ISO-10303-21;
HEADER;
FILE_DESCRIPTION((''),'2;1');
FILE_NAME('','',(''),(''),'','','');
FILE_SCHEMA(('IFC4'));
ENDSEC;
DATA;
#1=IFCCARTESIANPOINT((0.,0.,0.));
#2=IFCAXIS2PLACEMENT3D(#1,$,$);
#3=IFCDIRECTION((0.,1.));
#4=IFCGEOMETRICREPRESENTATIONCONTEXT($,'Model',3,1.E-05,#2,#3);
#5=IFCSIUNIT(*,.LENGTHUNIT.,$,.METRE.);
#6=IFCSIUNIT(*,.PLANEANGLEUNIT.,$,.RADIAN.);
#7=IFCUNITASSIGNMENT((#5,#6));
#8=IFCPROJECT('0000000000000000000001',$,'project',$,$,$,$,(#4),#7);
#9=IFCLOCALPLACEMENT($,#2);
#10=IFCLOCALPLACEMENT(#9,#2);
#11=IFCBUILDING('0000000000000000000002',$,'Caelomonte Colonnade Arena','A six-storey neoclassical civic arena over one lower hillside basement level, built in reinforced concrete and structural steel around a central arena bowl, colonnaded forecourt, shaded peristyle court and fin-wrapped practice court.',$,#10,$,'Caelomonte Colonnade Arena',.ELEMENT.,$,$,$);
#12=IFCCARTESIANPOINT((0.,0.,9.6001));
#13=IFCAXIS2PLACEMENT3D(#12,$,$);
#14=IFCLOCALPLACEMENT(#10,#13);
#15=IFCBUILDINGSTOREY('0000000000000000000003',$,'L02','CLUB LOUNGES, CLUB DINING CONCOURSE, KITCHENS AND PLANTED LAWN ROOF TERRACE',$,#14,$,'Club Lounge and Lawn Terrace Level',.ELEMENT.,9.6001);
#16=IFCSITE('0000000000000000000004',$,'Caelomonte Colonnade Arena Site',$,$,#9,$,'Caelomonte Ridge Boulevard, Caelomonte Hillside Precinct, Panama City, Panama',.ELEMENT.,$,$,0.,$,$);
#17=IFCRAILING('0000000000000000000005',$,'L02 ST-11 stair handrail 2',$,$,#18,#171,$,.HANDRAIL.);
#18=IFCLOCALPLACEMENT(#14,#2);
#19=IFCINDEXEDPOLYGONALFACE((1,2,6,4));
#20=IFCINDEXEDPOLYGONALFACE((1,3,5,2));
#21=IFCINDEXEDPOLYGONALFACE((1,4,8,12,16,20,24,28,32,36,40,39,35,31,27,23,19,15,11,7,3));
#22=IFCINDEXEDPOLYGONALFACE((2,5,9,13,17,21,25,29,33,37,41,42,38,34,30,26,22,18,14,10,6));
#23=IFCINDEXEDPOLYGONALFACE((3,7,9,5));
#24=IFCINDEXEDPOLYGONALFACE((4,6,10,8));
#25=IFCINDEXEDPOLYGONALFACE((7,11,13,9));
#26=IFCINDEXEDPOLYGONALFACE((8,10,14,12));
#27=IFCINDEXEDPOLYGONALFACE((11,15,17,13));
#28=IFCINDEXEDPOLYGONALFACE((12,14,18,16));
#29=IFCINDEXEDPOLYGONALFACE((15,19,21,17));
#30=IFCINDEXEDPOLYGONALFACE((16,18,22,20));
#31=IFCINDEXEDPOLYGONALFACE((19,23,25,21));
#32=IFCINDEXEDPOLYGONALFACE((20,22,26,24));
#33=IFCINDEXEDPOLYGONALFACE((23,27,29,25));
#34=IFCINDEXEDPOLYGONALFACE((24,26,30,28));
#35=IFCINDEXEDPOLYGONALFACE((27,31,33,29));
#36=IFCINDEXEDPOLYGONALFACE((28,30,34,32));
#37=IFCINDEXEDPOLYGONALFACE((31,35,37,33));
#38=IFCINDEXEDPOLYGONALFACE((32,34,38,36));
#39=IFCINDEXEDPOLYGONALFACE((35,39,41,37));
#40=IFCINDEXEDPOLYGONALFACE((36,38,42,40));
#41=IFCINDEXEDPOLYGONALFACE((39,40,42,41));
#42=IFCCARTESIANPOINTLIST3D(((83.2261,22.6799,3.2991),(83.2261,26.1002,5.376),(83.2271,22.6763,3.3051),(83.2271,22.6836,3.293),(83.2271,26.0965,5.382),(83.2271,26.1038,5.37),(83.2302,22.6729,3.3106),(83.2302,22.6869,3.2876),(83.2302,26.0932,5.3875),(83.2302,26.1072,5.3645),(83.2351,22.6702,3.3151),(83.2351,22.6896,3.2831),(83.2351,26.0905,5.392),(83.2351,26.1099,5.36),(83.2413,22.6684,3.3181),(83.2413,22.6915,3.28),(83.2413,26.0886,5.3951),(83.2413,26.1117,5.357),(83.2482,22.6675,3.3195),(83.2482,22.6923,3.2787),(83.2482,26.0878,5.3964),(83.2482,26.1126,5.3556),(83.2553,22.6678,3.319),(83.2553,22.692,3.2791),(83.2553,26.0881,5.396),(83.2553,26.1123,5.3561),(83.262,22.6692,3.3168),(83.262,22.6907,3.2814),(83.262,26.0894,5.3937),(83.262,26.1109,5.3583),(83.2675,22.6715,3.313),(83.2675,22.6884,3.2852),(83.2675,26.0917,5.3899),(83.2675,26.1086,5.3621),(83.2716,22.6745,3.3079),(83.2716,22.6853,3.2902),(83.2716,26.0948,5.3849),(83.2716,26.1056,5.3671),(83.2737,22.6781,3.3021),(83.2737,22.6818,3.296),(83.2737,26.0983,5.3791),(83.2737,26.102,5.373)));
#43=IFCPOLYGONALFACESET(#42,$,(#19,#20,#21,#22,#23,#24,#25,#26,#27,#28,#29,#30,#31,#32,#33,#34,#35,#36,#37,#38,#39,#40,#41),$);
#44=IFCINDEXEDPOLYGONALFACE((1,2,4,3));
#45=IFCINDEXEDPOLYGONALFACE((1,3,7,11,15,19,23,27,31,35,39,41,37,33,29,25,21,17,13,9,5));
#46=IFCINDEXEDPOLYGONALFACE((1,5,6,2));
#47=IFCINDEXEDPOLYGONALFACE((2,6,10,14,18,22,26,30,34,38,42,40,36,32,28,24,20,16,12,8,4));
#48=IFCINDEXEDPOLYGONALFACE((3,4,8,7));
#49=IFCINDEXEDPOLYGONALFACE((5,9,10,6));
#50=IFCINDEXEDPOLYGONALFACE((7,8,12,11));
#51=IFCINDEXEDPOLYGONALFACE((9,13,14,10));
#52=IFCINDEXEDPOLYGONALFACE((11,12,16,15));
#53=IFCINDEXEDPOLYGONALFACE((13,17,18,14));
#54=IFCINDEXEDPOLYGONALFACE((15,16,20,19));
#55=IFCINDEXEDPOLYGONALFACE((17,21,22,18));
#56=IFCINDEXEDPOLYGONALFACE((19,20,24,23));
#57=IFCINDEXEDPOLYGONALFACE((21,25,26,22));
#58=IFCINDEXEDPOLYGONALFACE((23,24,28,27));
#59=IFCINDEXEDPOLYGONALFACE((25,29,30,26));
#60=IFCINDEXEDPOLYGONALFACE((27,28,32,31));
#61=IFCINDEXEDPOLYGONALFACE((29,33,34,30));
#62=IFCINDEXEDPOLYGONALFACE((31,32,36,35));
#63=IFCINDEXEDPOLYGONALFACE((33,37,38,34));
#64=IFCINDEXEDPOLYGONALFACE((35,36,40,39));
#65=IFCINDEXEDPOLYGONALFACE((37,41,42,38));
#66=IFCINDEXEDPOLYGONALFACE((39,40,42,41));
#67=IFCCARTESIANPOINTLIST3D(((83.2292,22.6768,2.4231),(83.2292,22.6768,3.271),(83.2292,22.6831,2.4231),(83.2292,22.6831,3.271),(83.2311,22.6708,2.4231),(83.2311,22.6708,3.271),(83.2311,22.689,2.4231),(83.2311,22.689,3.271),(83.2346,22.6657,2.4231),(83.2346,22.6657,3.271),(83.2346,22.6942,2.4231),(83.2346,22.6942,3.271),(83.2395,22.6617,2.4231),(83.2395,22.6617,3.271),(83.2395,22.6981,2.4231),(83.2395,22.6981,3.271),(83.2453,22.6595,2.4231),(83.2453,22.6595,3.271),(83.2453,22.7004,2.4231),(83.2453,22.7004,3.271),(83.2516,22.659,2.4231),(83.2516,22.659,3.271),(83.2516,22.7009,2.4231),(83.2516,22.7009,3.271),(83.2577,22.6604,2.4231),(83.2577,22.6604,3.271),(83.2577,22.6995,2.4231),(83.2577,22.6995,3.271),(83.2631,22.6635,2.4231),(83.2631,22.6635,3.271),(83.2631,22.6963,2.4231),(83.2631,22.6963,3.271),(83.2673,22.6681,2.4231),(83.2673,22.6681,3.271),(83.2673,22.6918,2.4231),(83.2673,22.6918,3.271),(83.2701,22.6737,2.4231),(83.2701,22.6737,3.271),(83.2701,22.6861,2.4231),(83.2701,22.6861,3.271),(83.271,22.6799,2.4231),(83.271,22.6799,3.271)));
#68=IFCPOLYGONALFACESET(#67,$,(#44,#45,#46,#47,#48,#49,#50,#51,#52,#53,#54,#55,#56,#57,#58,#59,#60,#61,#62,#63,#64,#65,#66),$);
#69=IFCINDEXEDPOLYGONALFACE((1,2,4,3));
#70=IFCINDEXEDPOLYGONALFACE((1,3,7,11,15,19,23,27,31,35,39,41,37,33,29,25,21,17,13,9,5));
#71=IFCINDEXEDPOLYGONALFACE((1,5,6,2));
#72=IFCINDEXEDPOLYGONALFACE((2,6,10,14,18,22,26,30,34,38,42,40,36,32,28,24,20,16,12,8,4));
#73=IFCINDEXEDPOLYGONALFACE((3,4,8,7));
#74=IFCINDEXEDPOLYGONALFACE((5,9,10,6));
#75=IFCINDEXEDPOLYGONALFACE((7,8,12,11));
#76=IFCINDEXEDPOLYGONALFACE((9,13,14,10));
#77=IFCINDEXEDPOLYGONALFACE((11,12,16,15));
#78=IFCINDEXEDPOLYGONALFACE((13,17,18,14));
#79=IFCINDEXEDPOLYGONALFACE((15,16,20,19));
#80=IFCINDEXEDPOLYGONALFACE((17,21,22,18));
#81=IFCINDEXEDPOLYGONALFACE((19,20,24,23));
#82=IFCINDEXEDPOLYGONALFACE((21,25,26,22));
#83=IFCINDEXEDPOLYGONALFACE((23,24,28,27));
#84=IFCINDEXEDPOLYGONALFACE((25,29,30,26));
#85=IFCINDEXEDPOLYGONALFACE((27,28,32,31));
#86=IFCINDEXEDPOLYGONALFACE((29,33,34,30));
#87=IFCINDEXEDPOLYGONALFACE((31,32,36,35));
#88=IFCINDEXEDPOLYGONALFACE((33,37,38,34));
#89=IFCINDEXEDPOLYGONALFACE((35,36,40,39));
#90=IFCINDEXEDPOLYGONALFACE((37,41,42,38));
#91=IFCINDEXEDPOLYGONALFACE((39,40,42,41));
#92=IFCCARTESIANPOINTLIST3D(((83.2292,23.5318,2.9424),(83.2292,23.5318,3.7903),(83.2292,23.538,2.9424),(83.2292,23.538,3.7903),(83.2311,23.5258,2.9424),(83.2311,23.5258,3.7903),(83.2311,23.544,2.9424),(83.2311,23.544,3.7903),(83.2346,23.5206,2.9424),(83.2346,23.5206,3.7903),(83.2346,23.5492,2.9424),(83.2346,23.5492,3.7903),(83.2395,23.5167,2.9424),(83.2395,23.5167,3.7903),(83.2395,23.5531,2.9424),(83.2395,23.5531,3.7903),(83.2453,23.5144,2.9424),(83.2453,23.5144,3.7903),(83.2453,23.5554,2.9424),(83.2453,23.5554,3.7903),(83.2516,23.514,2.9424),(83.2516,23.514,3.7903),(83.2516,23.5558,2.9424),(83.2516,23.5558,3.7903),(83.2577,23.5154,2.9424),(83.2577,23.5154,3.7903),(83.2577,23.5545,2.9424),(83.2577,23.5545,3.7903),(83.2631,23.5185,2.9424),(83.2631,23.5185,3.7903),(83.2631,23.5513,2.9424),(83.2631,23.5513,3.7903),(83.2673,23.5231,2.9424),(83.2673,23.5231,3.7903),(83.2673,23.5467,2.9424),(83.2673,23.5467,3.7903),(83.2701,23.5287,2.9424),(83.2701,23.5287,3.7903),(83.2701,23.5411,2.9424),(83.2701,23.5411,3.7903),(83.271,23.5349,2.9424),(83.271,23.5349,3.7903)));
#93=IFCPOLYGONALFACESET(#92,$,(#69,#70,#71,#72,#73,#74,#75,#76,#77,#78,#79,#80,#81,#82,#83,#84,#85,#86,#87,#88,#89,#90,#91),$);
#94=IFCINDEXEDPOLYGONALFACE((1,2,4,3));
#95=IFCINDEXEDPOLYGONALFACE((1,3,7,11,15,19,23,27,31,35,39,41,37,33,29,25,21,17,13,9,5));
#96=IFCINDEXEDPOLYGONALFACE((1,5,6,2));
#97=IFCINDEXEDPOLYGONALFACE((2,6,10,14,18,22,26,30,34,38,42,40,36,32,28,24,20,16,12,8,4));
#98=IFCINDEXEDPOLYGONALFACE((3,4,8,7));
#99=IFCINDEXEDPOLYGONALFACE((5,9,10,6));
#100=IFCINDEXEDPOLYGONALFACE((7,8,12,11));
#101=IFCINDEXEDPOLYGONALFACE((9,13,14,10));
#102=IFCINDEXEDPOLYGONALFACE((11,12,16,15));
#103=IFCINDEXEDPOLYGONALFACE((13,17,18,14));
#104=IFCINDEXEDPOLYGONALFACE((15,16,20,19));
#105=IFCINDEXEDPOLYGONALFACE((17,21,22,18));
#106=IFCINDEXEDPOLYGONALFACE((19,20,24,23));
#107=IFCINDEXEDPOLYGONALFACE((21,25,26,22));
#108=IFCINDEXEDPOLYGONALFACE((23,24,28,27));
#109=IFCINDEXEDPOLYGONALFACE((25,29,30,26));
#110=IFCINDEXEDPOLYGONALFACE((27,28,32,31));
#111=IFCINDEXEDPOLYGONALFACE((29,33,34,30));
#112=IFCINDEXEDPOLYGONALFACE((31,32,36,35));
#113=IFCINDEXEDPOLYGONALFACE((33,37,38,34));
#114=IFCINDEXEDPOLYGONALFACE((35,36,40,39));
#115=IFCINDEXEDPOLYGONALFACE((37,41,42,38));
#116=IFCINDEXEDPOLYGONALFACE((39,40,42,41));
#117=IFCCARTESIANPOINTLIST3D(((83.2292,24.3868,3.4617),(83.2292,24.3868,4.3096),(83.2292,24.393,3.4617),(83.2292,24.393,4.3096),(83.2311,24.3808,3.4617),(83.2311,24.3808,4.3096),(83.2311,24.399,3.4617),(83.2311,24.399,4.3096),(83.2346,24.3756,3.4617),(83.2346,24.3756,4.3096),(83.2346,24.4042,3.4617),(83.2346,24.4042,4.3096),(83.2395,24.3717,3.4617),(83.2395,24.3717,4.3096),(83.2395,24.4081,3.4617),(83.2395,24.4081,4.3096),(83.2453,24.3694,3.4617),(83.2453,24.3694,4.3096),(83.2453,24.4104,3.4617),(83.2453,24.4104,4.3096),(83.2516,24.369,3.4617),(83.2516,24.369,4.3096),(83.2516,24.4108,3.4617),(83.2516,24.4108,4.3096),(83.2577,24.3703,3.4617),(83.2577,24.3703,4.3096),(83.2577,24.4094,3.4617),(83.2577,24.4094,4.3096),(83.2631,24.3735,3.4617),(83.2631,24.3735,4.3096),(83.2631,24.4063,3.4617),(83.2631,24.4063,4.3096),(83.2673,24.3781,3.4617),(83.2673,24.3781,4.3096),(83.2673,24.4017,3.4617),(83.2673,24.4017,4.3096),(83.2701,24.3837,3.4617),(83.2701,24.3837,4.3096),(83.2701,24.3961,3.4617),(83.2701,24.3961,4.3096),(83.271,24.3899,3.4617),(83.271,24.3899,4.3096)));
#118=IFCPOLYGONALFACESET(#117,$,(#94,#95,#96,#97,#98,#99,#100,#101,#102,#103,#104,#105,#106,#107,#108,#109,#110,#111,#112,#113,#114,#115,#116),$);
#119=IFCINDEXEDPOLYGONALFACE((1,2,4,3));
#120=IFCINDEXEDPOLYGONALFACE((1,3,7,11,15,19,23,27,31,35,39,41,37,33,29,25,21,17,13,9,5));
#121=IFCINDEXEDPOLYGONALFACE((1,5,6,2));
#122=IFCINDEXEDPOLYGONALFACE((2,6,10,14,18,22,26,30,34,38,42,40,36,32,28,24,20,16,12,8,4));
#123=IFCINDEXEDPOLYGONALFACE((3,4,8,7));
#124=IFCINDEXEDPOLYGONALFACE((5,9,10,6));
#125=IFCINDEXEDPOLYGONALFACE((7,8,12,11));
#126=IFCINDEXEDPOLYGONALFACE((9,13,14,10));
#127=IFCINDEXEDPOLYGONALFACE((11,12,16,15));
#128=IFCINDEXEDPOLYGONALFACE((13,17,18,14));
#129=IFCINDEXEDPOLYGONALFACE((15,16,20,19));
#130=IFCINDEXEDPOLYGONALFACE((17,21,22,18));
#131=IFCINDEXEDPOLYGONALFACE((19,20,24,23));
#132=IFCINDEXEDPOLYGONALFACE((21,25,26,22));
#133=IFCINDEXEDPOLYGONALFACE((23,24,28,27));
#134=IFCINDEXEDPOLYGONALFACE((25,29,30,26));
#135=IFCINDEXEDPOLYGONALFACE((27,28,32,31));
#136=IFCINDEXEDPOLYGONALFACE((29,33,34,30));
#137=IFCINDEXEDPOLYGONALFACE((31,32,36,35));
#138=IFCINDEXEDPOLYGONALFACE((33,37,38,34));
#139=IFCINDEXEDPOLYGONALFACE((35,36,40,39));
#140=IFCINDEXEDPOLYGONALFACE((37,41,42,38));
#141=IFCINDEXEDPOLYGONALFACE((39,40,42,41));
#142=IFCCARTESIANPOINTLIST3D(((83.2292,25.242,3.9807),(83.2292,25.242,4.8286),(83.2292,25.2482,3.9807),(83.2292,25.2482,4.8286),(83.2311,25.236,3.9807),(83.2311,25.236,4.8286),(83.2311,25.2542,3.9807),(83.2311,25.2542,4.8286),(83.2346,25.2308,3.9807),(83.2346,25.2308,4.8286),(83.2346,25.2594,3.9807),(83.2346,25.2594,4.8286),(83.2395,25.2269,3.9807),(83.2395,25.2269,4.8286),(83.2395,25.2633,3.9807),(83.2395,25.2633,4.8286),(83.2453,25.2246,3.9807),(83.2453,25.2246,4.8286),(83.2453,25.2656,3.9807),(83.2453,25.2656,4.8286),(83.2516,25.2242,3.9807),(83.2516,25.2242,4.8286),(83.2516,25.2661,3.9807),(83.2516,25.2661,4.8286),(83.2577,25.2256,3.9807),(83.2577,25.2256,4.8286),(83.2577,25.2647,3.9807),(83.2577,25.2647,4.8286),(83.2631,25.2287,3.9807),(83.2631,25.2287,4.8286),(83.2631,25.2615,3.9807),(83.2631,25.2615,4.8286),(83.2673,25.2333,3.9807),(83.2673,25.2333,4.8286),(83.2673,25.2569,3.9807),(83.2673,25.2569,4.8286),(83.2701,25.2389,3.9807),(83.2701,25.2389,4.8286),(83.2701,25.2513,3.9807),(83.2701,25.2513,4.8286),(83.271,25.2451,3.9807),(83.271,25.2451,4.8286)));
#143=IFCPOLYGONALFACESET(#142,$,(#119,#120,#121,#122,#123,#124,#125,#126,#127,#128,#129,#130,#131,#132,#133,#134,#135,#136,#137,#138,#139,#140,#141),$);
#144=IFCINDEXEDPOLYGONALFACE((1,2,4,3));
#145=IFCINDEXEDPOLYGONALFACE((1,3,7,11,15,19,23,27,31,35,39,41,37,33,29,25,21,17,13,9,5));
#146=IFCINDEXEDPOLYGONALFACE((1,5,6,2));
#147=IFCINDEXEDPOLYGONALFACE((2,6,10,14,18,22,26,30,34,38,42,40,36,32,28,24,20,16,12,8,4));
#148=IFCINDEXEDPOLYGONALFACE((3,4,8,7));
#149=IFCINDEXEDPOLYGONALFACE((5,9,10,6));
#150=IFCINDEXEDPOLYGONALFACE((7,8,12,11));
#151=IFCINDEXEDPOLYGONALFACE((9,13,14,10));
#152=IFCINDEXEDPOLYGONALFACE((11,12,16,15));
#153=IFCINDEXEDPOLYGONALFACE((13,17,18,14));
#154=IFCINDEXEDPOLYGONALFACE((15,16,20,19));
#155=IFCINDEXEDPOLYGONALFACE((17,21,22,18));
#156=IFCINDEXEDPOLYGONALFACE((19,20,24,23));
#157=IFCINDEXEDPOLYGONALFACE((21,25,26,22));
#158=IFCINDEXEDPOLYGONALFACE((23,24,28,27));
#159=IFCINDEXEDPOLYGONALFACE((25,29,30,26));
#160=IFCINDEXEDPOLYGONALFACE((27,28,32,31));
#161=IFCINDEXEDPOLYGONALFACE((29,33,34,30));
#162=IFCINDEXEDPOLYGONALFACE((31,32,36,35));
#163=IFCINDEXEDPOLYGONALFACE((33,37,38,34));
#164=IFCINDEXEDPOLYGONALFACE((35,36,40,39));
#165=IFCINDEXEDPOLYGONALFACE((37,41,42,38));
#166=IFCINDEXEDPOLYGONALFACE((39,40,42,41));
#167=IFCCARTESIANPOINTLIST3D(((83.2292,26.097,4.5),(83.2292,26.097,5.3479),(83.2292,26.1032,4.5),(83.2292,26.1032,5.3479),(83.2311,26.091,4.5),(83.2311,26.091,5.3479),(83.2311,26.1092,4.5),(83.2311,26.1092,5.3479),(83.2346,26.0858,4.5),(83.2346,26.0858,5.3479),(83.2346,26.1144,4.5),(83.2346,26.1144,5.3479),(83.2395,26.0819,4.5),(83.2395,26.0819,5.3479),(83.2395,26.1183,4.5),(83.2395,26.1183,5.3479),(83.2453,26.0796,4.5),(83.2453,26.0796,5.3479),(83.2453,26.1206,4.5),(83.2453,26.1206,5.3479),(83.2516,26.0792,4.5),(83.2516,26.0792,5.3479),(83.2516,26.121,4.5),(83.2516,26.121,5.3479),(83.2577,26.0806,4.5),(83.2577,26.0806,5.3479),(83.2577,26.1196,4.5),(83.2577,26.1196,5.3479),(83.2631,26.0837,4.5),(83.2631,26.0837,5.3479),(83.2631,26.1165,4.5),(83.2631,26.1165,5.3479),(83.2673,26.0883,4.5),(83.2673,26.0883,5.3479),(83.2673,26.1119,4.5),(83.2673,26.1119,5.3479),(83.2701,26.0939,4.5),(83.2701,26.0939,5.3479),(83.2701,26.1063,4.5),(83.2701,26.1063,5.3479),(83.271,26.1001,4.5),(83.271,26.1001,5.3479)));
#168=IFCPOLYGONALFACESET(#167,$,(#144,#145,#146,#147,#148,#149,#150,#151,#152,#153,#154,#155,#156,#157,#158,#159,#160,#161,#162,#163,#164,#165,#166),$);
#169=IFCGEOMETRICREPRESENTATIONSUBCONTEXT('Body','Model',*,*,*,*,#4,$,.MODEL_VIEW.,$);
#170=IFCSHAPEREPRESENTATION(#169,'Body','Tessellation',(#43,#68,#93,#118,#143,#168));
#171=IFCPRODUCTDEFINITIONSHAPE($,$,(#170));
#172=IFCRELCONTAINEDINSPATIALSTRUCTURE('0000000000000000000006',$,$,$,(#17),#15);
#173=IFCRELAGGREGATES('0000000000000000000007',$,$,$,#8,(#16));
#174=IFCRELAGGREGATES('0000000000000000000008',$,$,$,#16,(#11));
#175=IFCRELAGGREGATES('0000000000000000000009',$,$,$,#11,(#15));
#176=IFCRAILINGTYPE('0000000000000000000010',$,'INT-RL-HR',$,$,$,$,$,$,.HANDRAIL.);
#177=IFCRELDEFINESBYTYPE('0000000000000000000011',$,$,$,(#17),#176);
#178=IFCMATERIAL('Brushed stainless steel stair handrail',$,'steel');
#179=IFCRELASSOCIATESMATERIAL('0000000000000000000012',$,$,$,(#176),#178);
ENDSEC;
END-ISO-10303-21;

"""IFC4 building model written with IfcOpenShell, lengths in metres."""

from ifc_helpers import new_model, si_unit, direction, frame, origin, origin_2d, place, context, subcontext, project, spatial, circle, extrude, material, type_object, element, save


model = new_model("IFC4")

# Units and contexts
model_context = context("Model", 3, precision=1e-05, world=origin(), true_north=direction((0.0, 1.0)))
body_context = subcontext(model_context, "Body", "Model", "MODEL_VIEW")
ifc_project = project(units=[si_unit("LENGTHUNIT", "METRE"), si_unit("PLANEANGLEUNIT", "RADIAN")], contexts=[model_context])

# Site, building, storey
site_placement = place(None, origin())
site = spatial("IfcSite", under=ifc_project, at=site_placement, Name="Caelomonte Colonnade Arena Site", LongName="Caelomonte Ridge Boulevard, Caelomonte Hillside Precinct, Panama City, Panama", CompositionType="ELEMENT", RefElevation=0.0)
building_placement = place(site_placement, origin())
building = spatial("IfcBuilding", under=site, at=building_placement, Name="Caelomonte Colonnade Arena", Description="A six-storey neoclassical civic arena over one lower hillside basement level, built in reinforced concrete and structural steel around a central arena bowl, colonnaded forecourt, shaded peristyle court and fin-wrapped practice court.", LongName="Caelomonte Colonnade Arena", CompositionType="ELEMENT")
storey_placement = place(building_placement, frame((0.0, 0.0, 9.6001)))
storey = spatial("IfcBuildingStorey", under=building, at=storey_placement, Name="L02", Description="CLUB LOUNGES, CLUB DINING CONCOURSE, KITCHENS AND PLANTED LAWN ROOF TERRACE", LongName="Club Lounge and Lawn Terrace Level", CompositionType="ELEMENT", Elevation=9.6001)

# Railing
ifc_material_1 = material(Name="Brushed stainless steel stair handrail", Category="steel")
railing_type_1 = type_object("IfcRailingType", Name="INT-RL-HR", PredefinedType="HANDRAIL", material=ifc_material_1)
railing_1_placement = place(storey_placement, frame((83.25, 22.6799, 2.4231)))
element("IfcRailing", 1, at=railing_1_placement, inside=storey, type_object=railing_type_1, Name="L02 ST-11 stair handrail 2", PredefinedType="HANDRAIL", context=body_context, shape_type="SweptSolid", body=[
    extrude(circle(Radius=0.0239, at=origin_2d()), frame((0.0, 0.0, 0.876), z_axis=(0.0, 0.854746, 0.519047), x_axis=(-1.0, 0.0, 0.0)), (0.0, 0.0, 1.0), 4.0015),
    extrude(circle(Radius=0.021, at=origin_2d()), origin(), (0.0, 0.0, 1.0), 0.8479),
    extrude(circle(Radius=0.021, at=origin_2d()), frame((0.0, 0.855, 0.5193)), (0.0, 0.0, 1.0), 0.8479),
    extrude(circle(Radius=0.021, at=origin_2d()), frame((0.0, 1.71, 1.0386)), (0.0, 0.0, 1.0), 0.8479),
    extrude(circle(Radius=0.021, at=origin_2d()), frame((0.0, 2.5652, 1.5576)), (0.0, 0.0, 1.0), 0.8479),
    extrude(circle(Radius=0.021, at=origin_2d()), frame((0.0, 3.4202, 2.0769)), (0.0, 0.0, 1.0), 0.8479),
])

save(model, "model.ifc")
